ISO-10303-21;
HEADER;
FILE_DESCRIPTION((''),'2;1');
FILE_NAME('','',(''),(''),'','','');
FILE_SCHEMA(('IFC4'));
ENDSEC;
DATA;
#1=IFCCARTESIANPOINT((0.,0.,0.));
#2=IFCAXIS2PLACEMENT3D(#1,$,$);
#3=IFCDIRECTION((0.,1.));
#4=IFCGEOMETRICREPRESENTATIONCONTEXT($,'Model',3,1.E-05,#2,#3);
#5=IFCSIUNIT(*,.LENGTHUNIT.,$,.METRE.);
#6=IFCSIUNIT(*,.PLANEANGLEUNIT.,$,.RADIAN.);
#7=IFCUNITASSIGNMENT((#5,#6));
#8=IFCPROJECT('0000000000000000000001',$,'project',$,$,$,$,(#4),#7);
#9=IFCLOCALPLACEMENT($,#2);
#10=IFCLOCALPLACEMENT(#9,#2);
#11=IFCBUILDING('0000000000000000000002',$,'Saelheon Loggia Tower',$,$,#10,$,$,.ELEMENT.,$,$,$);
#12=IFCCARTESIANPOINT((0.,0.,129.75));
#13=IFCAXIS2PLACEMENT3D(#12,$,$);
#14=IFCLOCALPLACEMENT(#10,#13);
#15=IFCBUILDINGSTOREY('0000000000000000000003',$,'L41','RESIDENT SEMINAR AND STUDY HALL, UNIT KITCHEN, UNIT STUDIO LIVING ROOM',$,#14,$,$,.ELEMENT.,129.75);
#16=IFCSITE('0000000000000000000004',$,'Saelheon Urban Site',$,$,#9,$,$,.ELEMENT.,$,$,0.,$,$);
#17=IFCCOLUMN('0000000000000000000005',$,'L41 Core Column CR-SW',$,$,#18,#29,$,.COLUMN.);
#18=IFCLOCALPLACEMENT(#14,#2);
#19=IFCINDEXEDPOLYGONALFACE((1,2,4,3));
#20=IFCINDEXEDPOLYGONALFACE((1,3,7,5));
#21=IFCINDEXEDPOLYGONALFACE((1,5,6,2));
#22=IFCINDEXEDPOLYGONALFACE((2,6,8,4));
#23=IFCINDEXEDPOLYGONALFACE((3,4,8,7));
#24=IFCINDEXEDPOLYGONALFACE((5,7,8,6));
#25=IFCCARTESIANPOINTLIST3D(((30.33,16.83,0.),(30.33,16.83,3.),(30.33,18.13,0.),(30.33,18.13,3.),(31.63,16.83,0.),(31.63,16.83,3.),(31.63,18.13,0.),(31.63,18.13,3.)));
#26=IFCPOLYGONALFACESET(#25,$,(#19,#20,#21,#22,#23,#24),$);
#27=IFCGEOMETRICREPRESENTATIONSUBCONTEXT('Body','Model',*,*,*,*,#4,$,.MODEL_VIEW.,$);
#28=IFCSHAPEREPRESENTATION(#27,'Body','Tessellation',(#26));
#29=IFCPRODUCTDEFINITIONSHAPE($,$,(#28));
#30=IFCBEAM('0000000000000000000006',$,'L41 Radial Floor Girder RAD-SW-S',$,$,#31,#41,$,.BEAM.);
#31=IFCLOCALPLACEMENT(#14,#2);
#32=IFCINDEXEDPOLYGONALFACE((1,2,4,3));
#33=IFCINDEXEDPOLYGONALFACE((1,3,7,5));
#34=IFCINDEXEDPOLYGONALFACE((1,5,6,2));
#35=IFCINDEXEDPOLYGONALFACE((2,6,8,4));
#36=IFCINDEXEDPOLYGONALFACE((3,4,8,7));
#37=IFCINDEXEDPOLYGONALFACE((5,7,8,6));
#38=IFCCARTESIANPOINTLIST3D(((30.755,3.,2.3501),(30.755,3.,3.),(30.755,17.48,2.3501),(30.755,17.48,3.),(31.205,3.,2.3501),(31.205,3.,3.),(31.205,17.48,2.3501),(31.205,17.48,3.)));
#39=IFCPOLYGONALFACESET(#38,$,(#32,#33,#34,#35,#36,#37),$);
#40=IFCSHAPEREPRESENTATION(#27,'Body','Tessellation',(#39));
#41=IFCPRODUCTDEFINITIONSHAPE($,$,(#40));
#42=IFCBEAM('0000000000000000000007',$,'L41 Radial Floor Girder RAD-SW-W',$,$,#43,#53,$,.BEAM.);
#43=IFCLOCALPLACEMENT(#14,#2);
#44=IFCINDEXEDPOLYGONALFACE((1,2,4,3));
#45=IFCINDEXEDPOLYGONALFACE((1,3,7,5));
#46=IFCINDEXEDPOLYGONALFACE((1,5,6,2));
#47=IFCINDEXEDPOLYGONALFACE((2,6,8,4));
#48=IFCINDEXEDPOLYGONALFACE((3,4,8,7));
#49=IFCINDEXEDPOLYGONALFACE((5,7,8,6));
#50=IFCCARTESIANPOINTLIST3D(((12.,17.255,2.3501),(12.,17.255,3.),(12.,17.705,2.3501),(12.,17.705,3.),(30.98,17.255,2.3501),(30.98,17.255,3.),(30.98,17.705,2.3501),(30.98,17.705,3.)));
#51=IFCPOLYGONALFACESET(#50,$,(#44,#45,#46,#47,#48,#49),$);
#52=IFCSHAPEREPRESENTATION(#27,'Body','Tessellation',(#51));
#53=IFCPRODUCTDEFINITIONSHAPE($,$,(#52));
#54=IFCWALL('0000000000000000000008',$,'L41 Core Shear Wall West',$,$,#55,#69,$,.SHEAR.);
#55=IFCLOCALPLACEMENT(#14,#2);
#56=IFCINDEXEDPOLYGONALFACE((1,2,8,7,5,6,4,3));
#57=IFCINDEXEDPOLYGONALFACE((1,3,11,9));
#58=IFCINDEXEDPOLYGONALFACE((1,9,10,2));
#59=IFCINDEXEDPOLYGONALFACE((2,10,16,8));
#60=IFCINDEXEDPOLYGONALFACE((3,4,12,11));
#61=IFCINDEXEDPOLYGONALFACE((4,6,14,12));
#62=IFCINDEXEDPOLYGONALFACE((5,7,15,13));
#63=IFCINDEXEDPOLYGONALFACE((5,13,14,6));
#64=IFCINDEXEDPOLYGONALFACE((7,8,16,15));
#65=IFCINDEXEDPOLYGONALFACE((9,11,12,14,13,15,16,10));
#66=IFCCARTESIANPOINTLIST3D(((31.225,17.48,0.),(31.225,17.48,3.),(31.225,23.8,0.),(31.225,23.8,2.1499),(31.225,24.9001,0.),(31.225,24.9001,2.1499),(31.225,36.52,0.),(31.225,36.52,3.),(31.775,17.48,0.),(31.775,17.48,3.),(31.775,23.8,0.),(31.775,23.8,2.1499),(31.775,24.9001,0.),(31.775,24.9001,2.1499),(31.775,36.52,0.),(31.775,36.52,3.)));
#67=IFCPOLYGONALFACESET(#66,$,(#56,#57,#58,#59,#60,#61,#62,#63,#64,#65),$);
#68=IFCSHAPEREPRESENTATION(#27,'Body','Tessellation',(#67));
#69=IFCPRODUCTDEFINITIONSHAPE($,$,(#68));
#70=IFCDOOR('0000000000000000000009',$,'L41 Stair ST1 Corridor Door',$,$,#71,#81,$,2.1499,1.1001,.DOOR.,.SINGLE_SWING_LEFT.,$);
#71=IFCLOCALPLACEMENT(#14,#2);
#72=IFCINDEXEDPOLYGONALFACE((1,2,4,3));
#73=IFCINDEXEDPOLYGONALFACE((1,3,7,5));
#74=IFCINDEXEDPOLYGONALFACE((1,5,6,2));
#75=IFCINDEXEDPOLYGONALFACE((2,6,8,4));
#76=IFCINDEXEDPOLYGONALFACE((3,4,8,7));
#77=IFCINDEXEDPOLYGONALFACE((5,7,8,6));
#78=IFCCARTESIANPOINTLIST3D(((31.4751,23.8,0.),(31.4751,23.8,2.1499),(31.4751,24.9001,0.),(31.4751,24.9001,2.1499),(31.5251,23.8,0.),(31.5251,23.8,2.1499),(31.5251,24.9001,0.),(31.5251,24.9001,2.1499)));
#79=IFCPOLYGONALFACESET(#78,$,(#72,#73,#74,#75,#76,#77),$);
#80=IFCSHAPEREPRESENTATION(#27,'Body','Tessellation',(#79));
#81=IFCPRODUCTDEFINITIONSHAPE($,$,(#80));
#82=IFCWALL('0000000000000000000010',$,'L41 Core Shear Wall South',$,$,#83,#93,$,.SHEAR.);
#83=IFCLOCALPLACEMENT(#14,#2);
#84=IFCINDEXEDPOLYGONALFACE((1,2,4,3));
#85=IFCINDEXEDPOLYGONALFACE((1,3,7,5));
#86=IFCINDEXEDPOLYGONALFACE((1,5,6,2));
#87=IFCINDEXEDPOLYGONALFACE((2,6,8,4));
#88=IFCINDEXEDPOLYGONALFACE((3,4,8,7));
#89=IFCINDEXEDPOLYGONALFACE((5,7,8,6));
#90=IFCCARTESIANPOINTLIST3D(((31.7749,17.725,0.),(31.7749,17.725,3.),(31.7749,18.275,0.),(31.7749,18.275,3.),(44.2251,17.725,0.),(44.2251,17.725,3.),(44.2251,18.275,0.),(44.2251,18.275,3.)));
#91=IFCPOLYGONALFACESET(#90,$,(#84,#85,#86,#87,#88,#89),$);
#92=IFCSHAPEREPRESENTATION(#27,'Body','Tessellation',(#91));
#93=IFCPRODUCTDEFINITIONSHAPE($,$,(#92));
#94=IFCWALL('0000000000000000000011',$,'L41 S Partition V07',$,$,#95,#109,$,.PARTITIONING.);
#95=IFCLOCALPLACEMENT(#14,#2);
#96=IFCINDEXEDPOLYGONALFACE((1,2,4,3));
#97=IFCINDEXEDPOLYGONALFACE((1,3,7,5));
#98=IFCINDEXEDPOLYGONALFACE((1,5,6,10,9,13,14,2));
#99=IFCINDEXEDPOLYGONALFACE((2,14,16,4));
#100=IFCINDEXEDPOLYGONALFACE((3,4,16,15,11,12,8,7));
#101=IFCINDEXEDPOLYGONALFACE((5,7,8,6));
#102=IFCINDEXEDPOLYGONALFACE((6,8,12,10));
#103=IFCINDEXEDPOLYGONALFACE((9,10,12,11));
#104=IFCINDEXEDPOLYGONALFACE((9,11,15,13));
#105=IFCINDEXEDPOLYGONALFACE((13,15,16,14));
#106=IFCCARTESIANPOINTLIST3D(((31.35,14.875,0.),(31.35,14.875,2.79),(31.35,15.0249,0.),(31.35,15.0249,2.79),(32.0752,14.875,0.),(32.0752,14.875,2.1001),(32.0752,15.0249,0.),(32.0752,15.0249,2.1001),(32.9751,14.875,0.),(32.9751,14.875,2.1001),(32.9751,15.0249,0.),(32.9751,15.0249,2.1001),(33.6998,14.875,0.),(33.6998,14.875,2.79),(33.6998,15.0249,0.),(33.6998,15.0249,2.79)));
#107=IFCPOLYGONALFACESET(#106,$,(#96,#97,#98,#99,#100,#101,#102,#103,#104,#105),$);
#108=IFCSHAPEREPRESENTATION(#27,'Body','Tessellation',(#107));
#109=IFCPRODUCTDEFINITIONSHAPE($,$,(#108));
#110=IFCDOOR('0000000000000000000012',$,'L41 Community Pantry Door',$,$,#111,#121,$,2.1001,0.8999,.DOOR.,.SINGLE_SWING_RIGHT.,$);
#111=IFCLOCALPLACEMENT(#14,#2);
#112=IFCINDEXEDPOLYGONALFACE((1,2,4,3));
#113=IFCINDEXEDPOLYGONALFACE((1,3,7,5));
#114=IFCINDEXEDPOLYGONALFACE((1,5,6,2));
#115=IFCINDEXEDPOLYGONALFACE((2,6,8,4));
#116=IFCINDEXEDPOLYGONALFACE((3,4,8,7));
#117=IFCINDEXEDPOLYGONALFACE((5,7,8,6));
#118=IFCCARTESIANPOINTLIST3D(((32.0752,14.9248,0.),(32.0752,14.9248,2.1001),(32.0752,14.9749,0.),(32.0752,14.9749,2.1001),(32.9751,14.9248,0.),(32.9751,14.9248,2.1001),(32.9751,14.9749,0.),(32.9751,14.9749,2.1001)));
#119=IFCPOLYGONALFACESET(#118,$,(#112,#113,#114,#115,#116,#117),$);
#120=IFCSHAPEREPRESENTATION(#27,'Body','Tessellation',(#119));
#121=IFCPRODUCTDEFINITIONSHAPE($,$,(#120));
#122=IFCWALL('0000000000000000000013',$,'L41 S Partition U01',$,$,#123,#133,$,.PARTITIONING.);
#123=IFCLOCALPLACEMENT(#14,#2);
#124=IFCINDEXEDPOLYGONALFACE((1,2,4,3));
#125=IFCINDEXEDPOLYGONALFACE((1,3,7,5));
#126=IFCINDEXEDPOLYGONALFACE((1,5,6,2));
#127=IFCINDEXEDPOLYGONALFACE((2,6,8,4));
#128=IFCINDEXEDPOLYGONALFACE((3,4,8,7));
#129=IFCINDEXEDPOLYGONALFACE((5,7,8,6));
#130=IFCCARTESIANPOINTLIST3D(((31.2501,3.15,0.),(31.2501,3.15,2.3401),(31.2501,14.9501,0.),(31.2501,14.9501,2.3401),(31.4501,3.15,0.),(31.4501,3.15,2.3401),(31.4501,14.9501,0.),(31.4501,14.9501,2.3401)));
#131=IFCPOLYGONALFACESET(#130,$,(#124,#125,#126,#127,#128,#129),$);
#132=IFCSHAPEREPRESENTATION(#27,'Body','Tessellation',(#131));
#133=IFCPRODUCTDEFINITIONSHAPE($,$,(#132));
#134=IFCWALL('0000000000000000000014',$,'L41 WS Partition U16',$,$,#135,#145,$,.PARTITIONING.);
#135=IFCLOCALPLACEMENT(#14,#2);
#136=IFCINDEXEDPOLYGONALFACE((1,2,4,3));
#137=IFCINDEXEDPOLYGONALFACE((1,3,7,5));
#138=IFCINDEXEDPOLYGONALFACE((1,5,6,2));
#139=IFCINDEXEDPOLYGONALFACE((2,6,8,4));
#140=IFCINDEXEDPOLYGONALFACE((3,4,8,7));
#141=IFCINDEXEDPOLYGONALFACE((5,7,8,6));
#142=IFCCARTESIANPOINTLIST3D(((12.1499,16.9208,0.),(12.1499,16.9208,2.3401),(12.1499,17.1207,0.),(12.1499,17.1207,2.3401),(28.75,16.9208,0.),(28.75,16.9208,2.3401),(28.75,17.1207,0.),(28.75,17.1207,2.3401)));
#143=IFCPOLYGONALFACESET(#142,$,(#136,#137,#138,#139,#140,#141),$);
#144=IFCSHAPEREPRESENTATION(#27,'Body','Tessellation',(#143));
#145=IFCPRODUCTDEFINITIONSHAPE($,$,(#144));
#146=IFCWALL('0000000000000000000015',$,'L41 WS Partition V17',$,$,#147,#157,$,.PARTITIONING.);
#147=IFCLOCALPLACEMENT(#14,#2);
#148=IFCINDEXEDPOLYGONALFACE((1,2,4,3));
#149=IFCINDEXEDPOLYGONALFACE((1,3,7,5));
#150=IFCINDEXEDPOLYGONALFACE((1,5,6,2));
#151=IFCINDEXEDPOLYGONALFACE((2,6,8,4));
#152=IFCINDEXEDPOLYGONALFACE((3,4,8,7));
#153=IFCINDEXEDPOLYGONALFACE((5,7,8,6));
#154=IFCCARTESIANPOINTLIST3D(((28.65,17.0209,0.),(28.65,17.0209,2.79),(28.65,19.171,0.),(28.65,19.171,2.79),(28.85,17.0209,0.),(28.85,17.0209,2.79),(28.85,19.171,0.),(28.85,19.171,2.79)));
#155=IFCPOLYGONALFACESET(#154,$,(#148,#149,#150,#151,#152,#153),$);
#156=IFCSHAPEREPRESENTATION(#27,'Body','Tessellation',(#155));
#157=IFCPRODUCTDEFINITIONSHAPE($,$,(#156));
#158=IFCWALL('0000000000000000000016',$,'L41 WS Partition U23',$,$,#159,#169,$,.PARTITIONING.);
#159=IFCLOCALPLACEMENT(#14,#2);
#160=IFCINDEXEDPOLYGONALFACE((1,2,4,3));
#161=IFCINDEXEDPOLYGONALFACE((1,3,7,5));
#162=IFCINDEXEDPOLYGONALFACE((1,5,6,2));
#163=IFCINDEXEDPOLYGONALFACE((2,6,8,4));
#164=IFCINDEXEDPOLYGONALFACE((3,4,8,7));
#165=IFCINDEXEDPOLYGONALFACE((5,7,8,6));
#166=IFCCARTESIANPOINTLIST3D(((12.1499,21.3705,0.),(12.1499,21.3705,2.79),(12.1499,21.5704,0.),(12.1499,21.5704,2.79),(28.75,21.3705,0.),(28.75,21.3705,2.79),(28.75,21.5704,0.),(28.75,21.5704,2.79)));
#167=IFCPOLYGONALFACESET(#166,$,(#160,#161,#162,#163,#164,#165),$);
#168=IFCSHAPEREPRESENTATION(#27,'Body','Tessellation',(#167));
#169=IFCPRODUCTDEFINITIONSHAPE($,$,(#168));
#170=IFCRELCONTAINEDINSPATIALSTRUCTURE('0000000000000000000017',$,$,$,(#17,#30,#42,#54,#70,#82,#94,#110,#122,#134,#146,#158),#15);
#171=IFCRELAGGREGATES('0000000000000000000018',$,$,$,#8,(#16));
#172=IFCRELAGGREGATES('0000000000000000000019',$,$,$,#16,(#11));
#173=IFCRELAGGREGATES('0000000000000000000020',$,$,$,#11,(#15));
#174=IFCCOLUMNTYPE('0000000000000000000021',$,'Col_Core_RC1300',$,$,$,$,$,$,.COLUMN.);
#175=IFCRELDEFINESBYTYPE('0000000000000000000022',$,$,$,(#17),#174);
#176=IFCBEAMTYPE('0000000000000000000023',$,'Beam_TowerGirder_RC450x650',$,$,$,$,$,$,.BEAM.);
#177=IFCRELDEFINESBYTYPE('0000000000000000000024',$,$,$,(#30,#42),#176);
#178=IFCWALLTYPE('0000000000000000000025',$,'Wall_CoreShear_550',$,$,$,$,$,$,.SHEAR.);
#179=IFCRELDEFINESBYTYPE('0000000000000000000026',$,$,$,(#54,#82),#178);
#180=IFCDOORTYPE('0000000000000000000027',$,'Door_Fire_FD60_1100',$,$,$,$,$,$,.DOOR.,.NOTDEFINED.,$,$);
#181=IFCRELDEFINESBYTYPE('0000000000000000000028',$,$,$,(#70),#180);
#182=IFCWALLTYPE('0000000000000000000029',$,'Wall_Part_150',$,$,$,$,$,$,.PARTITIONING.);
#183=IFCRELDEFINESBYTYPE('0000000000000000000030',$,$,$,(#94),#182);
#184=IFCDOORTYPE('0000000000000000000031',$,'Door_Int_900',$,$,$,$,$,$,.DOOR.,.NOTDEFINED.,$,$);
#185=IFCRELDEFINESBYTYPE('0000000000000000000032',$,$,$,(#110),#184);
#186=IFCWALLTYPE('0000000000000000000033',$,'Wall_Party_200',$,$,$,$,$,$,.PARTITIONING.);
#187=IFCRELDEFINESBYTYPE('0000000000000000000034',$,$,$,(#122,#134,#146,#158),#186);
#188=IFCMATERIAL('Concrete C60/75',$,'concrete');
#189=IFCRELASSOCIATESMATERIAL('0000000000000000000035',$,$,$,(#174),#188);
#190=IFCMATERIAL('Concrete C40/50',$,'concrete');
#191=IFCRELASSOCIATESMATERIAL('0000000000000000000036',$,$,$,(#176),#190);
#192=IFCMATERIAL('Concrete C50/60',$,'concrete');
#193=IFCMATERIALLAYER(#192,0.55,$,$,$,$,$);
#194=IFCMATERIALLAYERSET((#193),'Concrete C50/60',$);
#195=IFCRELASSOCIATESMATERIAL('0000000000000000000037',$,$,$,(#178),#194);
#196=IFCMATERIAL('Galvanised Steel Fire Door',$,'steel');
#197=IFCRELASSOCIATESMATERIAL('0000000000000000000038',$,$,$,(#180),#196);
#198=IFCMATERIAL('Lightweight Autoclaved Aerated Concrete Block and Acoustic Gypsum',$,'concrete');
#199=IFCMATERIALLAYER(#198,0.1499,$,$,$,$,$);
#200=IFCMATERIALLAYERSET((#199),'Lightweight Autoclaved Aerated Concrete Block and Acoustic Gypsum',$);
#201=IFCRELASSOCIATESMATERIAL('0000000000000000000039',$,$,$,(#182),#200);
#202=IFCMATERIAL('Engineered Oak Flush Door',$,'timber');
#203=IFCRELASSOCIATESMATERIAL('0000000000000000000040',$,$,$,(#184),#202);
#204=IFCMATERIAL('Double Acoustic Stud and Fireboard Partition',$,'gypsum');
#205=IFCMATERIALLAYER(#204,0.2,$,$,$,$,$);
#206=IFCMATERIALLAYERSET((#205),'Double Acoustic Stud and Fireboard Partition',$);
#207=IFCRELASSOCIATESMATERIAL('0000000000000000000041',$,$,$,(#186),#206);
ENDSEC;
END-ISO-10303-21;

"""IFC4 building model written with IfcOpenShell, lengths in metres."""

from ifc_helpers import new_model, si_unit, direction, frame, frame_2d, origin, origin_2d, place, context, subcontext, project, spatial, rectangle, extrude, source, transform, mapped, material, layer, layer_set, material_profile, profile_set, type_object, element, fill, save


model = new_model("IFC4")

# Units and contexts
model_context = context("Model", 3, precision=1e-05, world=origin(), true_north=direction((0.0, 1.0)))
body_context = subcontext(model_context, "Body", "Model", "MODEL_VIEW")
ifc_project = project(units=[si_unit("LENGTHUNIT", "METRE"), si_unit("PLANEANGLEUNIT", "RADIAN")], contexts=[model_context])

# Site, building, storey
site_placement = place(None, origin())
site = spatial("IfcSite", under=ifc_project, at=site_placement, Name="Saelheon Urban Site", CompositionType="ELEMENT", RefElevation=0.0)
building_placement = place(site_placement, origin())
building = spatial("IfcBuilding", under=site, at=building_placement, Name="Saelheon Loggia Tower", CompositionType="ELEMENT")
storey_placement = place(building_placement, frame((0.0, 0.0, 129.75)))
storey = spatial("IfcBuildingStorey", under=building, at=storey_placement, Name="L41", Description="RESIDENT SEMINAR AND STUDY HALL, UNIT KITCHEN, UNIT STUDIO LIVING ROOM", CompositionType="ELEMENT", Elevation=129.75)

# Column
ifc_material_1 = material(Name="Concrete C60/75", Category="concrete")
ifc_material_profile_1 = material_profile(ifc_material_1, rectangle(XDim=1.3, YDim=1.3, at=origin_2d()), Name="RC-1300x1300")
ifc_profile_set_1 = profile_set([ifc_material_profile_1], Name="Concrete C60/75")
column_type = type_object("IfcColumnType", Name="Col_Core_RC1300", PredefinedType="COLUMN", material=ifc_profile_set_1)
shared_shape_1 = source(origin(), body_context, "Body", "SweptSolid", [
    extrude(rectangle(XDim=1.3, YDim=1.3, at=origin_2d()), origin(), (0.0, 0.0, 1.0), 3.0),
])
column_placement = place(storey_placement, frame((30.98, 17.48, 0.0), z_axis=(0.0, 0.0, 1.0), x_axis=(1.0, 0.0, 0.0)))
element("IfcColumn", 1, at=column_placement, inside=storey, type_object=column_type, Name="L41 Core Column CR-SW", PredefinedType="COLUMN", context=body_context, shape_type="MappedRepresentation", body=[
    mapped(shared_shape_1, transform((0.0, 0.0, 0.0), scale=1.0)),
])

# Beams
ifc_material_2 = material(Name="Concrete C40/50", Category="concrete")
ifc_material_profile_2 = material_profile(ifc_material_2, rectangle(XDim=0.45, YDim=0.6499, at=origin_2d()), Name="RC-450x650")
ifc_profile_set_2 = profile_set([ifc_material_profile_2], Name="Concrete C40/50")
beam_type = type_object("IfcBeamType", Name="Beam_TowerGirder_RC450x650", PredefinedType="BEAM", material=ifc_profile_set_2)
shared_shape_2 = source(origin(), body_context, "Body", "SweptSolid", [
    extrude(rectangle(XDim=0.45, YDim=0.6499, at=origin_2d()), origin(), (0.0, 0.0, 1.0), 14.48),
])
beam_1_placement = place(storey_placement, frame((30.98, 17.48, 2.675), z_axis=(0.0, -1.0, 0.0), x_axis=(1.0, 0.0, 0.0)))
element("IfcBeam", 2, at=beam_1_placement, inside=storey, type_object=beam_type, Name="L41 Radial Floor Girder RAD-SW-S", PredefinedType="BEAM", context=body_context, shape_type="MappedRepresentation", body=[
    mapped(shared_shape_2, transform((0.0, 0.0, 0.0), scale=1.0)),
])
shared_shape_3 = source(origin(), body_context, "Body", "SweptSolid", [
    extrude(rectangle(XDim=0.45, YDim=0.6499, at=origin_2d()), origin(), (0.0, 0.0, 1.0), 18.98),
])
beam_2_placement = place(storey_placement, frame((30.98, 17.48, 2.675), z_axis=(-1.0, 0.0, 0.0), x_axis=(0.0, -1.0, 0.0)))
element("IfcBeam", 3, at=beam_2_placement, inside=storey, type_object=beam_type, Name="L41 Radial Floor Girder RAD-SW-W", PredefinedType="BEAM", context=body_context, shape_type="MappedRepresentation", body=[
    mapped(shared_shape_3, transform((0.0, 0.0, 0.0), scale=1.0)),
])

# Wall, opening, door
ifc_material_3 = material(Name="Concrete C50/60", Category="concrete")
ifc_layer_1 = layer(ifc_material_3, 0.55)
ifc_layer_set_1 = layer_set([ifc_layer_1], Name="Concrete C50/60")
wall_type_1 = type_object("IfcWallType", Name="Wall_CoreShear_550", PredefinedType="SHEAR", material=ifc_layer_set_1)
wall_1_placement = place(storey_placement, frame((31.5, 17.48, 0.0), z_axis=(0.0, 0.0, 1.0), x_axis=(0.0, 1.0, 0.0)))
wall_1 = element("IfcWall", 4, at=wall_1_placement, inside=storey, type_object=wall_type_1, Name="L41 Core Shear Wall West", PredefinedType="SHEAR", context=body_context, shape_type="SweptSolid", body=[
    extrude(rectangle(XDim=19.04, YDim=0.55, at=frame_2d((9.52, 0.0))), origin(), (0.0, 0.0, 1.0), 3.0),
])
opening_1_placement = place(wall_1_placement, frame((6.3201, 0.0, 0.0)))
opening_1 = element("IfcOpeningElement", 5, at=opening_1_placement, cuts=wall_1, PredefinedType="OPENING", context=body_context, shape_type="SweptSolid", body=[
    extrude(rectangle(XDim=1.1001, YDim=2.1499, at=frame_2d((0.55, 1.075))), frame((0.0, 0.2871, 0.0), z_axis=(0.0, -1.0, 0.0), x_axis=(1.0, 0.0, 0.0)), (0.0, 0.0, 1.0), 0.574),
])
ifc_material_4 = material(Name="Galvanised Steel Fire Door", Category="steel")
door_type_1 = type_object("IfcDoorType", Name="Door_Fire_FD60_1100", OperationType="NOTDEFINED", PredefinedType="DOOR", material=ifc_material_4)
shared_shape_4 = source(origin(), body_context, "Body", "SweptSolid", [
    extrude(rectangle(XDim=1.1001, YDim=2.1499, at=frame_2d((0.55, 1.075))), frame((0.0, 0.0249, 0.0), z_axis=(0.0, -1.0, 0.0), x_axis=(1.0, 0.0, 0.0)), (0.0, 0.0, 1.0), 0.05),
])
door_1_placement = place(opening_1_placement, origin())
door_1 = element("IfcDoor", 6, at=door_1_placement, inside=storey, type_object=door_type_1, Name="L41 Stair ST1 Corridor Door", OperationType="SINGLE_SWING_LEFT", OverallHeight=2.1499, OverallWidth=1.1001, PredefinedType="DOOR", context=body_context, shape_type="MappedRepresentation", body=[
    mapped(shared_shape_4, transform((0.0, 0.0, 0.0), scale=1.0)),
])
fill(opening_1, door_1)

# Wall
wall_2_placement = place(storey_placement, frame((31.7749, 18.0, 0.0), z_axis=(0.0, 0.0, 1.0), x_axis=(1.0, 0.0, 0.0)))
element("IfcWall", 7, at=wall_2_placement, inside=storey, type_object=wall_type_1, Name="L41 Core Shear Wall South", PredefinedType="SHEAR", context=body_context, shape_type="SweptSolid", body=[
    extrude(rectangle(XDim=12.4502, YDim=0.55, at=frame_2d((6.2251, 0.0))), origin(), (0.0, 0.0, 1.0), 3.0),
])

# Wall, opening, door
ifc_material_5 = material(Name="Lightweight Autoclaved Aerated Concrete Block and Acoustic Gypsum", Category="concrete")
ifc_layer_2 = layer(ifc_material_5, 0.1499)
ifc_layer_set_2 = layer_set([ifc_layer_2], Name="Lightweight Autoclaved Aerated Concrete Block and Acoustic Gypsum")
wall_type_2 = type_object("IfcWallType", Name="Wall_Part_150", PredefinedType="PARTITIONING", material=ifc_layer_set_2)
wall_3_placement = place(storey_placement, frame((31.3501, 14.95, 0.0), z_axis=(0.0, 0.0, 1.0), x_axis=(1.0, 0.0, 0.0)))
wall_3 = element("IfcWall", 8, at=wall_3_placement, inside=storey, type_object=wall_type_2, Name="L41 S Partition V07", PredefinedType="PARTITIONING", context=body_context, shape_type="SweptSolid", body=[
    extrude(rectangle(XDim=2.3499, YDim=0.1499, at=frame_2d((1.1748, 0.0))), origin(), (0.0, 0.0, 1.0), 2.79),
])
opening_2_placement = place(wall_3_placement, frame((0.7251, 0.0, 0.0)))
opening_2 = element("IfcOpeningElement", 9, at=opening_2_placement, cuts=wall_3, PredefinedType="OPENING", context=body_context, shape_type="SweptSolid", body=[
    extrude(rectangle(XDim=0.8999, YDim=2.1001, at=frame_2d((0.45, 1.05))), frame((0.0, 0.0869, 0.0), z_axis=(0.0, -1.0, 0.0), x_axis=(1.0, 0.0, 0.0)), (0.0, 0.0, 1.0), 0.1738),
])
ifc_material_6 = material(Name="Engineered Oak Flush Door", Category="timber")
door_type_2 = type_object("IfcDoorType", Name="Door_Int_900", OperationType="NOTDEFINED", PredefinedType="DOOR", material=ifc_material_6)
shared_shape_5 = source(origin(), body_context, "Body", "SweptSolid", [
    extrude(rectangle(XDim=0.8999, YDim=2.1001, at=frame_2d((0.45, 1.05))), frame((0.0, 0.0249, 0.0), z_axis=(0.0, -1.0, 0.0), x_axis=(1.0, 0.0, 0.0)), (0.0, 0.0, 1.0), 0.05),
])
door_2_placement = place(opening_2_placement, origin())
door_2 = element("IfcDoor", 10, at=door_2_placement, inside=storey, type_object=door_type_2, Name="L41 Community Pantry Door", OperationType="SINGLE_SWING_RIGHT", OverallHeight=2.1001, OverallWidth=0.8999, PredefinedType="DOOR", context=body_context, shape_type="MappedRepresentation", body=[
    mapped(shared_shape_5, transform((0.0, 0.0, 0.0), scale=1.0)),
])
fill(opening_2, door_2)

# Walls
ifc_material_7 = material(Name="Double Acoustic Stud and Fireboard Partition", Category="gypsum")
ifc_layer_3 = layer(ifc_material_7, 0.2)
ifc_layer_set_3 = layer_set([ifc_layer_3], Name="Double Acoustic Stud and Fireboard Partition")
wall_type_3 = type_object("IfcWallType", Name="Wall_Party_200", PredefinedType="PARTITIONING", material=ifc_layer_set_3)
wall_4_placement = place(storey_placement, frame((31.3501, 14.95, 0.0), z_axis=(0.0, 0.0, 1.0), x_axis=(0.0, -1.0, 0.0)))
element("IfcWall", 11, at=wall_4_placement, inside=storey, type_object=wall_type_3, Name="L41 S Partition U01", PredefinedType="PARTITIONING", context=body_context, shape_type="SweptSolid", body=[
    extrude(rectangle(XDim=11.8, YDim=0.2, at=frame_2d((5.8999, 0.0))), origin(), (0.0, 0.0, 1.0), 2.3401),
])
wall_5_placement = place(storey_placement, frame((28.75, 17.0208, 0.0), z_axis=(0.0, 0.0, 1.0), x_axis=(-1.0, 0.0, 0.0)))
element("IfcWall", 12, at=wall_5_placement, inside=storey, type_object=wall_type_3, Name="L41 WS Partition U16", PredefinedType="PARTITIONING", context=body_context, shape_type="SweptSolid", body=[
    extrude(rectangle(XDim=16.6001, YDim=0.2, at=frame_2d((8.3, 0.0))), origin(), (0.0, 0.0, 1.0), 2.3401),
])
wall_6_placement = place(storey_placement, frame((28.75, 17.0208, 0.0), z_axis=(0.0, 0.0, 1.0), x_axis=(0.0, 1.0, 0.0)))
element("IfcWall", 13, at=wall_6_placement, inside=storey, type_object=wall_type_3, Name="L41 WS Partition V17", PredefinedType="PARTITIONING", context=body_context, shape_type="SweptSolid", body=[
    extrude(rectangle(XDim=2.1501, YDim=0.2, at=frame_2d((1.0752, 0.0))), origin(), (0.0, 0.0, 1.0), 2.79),
])

# Wall
wall_7_placement = place(storey_placement, frame((28.75, 21.4705, 0.0), z_axis=(0.0, 0.0, 1.0), x_axis=(-1.0, 0.0, 0.0)))
element("IfcWall", 14, at=wall_7_placement, inside=storey, type_object=wall_type_3, Name="L41 WS Partition U23", PredefinedType="PARTITIONING", context=body_context, shape_type="SweptSolid", body=[
    extrude(rectangle(XDim=16.6001, YDim=0.2, at=frame_2d((8.3, 0.0))), origin(), (0.0, 0.0, 1.0), 2.79),
])

save(model, "model.ifc")
